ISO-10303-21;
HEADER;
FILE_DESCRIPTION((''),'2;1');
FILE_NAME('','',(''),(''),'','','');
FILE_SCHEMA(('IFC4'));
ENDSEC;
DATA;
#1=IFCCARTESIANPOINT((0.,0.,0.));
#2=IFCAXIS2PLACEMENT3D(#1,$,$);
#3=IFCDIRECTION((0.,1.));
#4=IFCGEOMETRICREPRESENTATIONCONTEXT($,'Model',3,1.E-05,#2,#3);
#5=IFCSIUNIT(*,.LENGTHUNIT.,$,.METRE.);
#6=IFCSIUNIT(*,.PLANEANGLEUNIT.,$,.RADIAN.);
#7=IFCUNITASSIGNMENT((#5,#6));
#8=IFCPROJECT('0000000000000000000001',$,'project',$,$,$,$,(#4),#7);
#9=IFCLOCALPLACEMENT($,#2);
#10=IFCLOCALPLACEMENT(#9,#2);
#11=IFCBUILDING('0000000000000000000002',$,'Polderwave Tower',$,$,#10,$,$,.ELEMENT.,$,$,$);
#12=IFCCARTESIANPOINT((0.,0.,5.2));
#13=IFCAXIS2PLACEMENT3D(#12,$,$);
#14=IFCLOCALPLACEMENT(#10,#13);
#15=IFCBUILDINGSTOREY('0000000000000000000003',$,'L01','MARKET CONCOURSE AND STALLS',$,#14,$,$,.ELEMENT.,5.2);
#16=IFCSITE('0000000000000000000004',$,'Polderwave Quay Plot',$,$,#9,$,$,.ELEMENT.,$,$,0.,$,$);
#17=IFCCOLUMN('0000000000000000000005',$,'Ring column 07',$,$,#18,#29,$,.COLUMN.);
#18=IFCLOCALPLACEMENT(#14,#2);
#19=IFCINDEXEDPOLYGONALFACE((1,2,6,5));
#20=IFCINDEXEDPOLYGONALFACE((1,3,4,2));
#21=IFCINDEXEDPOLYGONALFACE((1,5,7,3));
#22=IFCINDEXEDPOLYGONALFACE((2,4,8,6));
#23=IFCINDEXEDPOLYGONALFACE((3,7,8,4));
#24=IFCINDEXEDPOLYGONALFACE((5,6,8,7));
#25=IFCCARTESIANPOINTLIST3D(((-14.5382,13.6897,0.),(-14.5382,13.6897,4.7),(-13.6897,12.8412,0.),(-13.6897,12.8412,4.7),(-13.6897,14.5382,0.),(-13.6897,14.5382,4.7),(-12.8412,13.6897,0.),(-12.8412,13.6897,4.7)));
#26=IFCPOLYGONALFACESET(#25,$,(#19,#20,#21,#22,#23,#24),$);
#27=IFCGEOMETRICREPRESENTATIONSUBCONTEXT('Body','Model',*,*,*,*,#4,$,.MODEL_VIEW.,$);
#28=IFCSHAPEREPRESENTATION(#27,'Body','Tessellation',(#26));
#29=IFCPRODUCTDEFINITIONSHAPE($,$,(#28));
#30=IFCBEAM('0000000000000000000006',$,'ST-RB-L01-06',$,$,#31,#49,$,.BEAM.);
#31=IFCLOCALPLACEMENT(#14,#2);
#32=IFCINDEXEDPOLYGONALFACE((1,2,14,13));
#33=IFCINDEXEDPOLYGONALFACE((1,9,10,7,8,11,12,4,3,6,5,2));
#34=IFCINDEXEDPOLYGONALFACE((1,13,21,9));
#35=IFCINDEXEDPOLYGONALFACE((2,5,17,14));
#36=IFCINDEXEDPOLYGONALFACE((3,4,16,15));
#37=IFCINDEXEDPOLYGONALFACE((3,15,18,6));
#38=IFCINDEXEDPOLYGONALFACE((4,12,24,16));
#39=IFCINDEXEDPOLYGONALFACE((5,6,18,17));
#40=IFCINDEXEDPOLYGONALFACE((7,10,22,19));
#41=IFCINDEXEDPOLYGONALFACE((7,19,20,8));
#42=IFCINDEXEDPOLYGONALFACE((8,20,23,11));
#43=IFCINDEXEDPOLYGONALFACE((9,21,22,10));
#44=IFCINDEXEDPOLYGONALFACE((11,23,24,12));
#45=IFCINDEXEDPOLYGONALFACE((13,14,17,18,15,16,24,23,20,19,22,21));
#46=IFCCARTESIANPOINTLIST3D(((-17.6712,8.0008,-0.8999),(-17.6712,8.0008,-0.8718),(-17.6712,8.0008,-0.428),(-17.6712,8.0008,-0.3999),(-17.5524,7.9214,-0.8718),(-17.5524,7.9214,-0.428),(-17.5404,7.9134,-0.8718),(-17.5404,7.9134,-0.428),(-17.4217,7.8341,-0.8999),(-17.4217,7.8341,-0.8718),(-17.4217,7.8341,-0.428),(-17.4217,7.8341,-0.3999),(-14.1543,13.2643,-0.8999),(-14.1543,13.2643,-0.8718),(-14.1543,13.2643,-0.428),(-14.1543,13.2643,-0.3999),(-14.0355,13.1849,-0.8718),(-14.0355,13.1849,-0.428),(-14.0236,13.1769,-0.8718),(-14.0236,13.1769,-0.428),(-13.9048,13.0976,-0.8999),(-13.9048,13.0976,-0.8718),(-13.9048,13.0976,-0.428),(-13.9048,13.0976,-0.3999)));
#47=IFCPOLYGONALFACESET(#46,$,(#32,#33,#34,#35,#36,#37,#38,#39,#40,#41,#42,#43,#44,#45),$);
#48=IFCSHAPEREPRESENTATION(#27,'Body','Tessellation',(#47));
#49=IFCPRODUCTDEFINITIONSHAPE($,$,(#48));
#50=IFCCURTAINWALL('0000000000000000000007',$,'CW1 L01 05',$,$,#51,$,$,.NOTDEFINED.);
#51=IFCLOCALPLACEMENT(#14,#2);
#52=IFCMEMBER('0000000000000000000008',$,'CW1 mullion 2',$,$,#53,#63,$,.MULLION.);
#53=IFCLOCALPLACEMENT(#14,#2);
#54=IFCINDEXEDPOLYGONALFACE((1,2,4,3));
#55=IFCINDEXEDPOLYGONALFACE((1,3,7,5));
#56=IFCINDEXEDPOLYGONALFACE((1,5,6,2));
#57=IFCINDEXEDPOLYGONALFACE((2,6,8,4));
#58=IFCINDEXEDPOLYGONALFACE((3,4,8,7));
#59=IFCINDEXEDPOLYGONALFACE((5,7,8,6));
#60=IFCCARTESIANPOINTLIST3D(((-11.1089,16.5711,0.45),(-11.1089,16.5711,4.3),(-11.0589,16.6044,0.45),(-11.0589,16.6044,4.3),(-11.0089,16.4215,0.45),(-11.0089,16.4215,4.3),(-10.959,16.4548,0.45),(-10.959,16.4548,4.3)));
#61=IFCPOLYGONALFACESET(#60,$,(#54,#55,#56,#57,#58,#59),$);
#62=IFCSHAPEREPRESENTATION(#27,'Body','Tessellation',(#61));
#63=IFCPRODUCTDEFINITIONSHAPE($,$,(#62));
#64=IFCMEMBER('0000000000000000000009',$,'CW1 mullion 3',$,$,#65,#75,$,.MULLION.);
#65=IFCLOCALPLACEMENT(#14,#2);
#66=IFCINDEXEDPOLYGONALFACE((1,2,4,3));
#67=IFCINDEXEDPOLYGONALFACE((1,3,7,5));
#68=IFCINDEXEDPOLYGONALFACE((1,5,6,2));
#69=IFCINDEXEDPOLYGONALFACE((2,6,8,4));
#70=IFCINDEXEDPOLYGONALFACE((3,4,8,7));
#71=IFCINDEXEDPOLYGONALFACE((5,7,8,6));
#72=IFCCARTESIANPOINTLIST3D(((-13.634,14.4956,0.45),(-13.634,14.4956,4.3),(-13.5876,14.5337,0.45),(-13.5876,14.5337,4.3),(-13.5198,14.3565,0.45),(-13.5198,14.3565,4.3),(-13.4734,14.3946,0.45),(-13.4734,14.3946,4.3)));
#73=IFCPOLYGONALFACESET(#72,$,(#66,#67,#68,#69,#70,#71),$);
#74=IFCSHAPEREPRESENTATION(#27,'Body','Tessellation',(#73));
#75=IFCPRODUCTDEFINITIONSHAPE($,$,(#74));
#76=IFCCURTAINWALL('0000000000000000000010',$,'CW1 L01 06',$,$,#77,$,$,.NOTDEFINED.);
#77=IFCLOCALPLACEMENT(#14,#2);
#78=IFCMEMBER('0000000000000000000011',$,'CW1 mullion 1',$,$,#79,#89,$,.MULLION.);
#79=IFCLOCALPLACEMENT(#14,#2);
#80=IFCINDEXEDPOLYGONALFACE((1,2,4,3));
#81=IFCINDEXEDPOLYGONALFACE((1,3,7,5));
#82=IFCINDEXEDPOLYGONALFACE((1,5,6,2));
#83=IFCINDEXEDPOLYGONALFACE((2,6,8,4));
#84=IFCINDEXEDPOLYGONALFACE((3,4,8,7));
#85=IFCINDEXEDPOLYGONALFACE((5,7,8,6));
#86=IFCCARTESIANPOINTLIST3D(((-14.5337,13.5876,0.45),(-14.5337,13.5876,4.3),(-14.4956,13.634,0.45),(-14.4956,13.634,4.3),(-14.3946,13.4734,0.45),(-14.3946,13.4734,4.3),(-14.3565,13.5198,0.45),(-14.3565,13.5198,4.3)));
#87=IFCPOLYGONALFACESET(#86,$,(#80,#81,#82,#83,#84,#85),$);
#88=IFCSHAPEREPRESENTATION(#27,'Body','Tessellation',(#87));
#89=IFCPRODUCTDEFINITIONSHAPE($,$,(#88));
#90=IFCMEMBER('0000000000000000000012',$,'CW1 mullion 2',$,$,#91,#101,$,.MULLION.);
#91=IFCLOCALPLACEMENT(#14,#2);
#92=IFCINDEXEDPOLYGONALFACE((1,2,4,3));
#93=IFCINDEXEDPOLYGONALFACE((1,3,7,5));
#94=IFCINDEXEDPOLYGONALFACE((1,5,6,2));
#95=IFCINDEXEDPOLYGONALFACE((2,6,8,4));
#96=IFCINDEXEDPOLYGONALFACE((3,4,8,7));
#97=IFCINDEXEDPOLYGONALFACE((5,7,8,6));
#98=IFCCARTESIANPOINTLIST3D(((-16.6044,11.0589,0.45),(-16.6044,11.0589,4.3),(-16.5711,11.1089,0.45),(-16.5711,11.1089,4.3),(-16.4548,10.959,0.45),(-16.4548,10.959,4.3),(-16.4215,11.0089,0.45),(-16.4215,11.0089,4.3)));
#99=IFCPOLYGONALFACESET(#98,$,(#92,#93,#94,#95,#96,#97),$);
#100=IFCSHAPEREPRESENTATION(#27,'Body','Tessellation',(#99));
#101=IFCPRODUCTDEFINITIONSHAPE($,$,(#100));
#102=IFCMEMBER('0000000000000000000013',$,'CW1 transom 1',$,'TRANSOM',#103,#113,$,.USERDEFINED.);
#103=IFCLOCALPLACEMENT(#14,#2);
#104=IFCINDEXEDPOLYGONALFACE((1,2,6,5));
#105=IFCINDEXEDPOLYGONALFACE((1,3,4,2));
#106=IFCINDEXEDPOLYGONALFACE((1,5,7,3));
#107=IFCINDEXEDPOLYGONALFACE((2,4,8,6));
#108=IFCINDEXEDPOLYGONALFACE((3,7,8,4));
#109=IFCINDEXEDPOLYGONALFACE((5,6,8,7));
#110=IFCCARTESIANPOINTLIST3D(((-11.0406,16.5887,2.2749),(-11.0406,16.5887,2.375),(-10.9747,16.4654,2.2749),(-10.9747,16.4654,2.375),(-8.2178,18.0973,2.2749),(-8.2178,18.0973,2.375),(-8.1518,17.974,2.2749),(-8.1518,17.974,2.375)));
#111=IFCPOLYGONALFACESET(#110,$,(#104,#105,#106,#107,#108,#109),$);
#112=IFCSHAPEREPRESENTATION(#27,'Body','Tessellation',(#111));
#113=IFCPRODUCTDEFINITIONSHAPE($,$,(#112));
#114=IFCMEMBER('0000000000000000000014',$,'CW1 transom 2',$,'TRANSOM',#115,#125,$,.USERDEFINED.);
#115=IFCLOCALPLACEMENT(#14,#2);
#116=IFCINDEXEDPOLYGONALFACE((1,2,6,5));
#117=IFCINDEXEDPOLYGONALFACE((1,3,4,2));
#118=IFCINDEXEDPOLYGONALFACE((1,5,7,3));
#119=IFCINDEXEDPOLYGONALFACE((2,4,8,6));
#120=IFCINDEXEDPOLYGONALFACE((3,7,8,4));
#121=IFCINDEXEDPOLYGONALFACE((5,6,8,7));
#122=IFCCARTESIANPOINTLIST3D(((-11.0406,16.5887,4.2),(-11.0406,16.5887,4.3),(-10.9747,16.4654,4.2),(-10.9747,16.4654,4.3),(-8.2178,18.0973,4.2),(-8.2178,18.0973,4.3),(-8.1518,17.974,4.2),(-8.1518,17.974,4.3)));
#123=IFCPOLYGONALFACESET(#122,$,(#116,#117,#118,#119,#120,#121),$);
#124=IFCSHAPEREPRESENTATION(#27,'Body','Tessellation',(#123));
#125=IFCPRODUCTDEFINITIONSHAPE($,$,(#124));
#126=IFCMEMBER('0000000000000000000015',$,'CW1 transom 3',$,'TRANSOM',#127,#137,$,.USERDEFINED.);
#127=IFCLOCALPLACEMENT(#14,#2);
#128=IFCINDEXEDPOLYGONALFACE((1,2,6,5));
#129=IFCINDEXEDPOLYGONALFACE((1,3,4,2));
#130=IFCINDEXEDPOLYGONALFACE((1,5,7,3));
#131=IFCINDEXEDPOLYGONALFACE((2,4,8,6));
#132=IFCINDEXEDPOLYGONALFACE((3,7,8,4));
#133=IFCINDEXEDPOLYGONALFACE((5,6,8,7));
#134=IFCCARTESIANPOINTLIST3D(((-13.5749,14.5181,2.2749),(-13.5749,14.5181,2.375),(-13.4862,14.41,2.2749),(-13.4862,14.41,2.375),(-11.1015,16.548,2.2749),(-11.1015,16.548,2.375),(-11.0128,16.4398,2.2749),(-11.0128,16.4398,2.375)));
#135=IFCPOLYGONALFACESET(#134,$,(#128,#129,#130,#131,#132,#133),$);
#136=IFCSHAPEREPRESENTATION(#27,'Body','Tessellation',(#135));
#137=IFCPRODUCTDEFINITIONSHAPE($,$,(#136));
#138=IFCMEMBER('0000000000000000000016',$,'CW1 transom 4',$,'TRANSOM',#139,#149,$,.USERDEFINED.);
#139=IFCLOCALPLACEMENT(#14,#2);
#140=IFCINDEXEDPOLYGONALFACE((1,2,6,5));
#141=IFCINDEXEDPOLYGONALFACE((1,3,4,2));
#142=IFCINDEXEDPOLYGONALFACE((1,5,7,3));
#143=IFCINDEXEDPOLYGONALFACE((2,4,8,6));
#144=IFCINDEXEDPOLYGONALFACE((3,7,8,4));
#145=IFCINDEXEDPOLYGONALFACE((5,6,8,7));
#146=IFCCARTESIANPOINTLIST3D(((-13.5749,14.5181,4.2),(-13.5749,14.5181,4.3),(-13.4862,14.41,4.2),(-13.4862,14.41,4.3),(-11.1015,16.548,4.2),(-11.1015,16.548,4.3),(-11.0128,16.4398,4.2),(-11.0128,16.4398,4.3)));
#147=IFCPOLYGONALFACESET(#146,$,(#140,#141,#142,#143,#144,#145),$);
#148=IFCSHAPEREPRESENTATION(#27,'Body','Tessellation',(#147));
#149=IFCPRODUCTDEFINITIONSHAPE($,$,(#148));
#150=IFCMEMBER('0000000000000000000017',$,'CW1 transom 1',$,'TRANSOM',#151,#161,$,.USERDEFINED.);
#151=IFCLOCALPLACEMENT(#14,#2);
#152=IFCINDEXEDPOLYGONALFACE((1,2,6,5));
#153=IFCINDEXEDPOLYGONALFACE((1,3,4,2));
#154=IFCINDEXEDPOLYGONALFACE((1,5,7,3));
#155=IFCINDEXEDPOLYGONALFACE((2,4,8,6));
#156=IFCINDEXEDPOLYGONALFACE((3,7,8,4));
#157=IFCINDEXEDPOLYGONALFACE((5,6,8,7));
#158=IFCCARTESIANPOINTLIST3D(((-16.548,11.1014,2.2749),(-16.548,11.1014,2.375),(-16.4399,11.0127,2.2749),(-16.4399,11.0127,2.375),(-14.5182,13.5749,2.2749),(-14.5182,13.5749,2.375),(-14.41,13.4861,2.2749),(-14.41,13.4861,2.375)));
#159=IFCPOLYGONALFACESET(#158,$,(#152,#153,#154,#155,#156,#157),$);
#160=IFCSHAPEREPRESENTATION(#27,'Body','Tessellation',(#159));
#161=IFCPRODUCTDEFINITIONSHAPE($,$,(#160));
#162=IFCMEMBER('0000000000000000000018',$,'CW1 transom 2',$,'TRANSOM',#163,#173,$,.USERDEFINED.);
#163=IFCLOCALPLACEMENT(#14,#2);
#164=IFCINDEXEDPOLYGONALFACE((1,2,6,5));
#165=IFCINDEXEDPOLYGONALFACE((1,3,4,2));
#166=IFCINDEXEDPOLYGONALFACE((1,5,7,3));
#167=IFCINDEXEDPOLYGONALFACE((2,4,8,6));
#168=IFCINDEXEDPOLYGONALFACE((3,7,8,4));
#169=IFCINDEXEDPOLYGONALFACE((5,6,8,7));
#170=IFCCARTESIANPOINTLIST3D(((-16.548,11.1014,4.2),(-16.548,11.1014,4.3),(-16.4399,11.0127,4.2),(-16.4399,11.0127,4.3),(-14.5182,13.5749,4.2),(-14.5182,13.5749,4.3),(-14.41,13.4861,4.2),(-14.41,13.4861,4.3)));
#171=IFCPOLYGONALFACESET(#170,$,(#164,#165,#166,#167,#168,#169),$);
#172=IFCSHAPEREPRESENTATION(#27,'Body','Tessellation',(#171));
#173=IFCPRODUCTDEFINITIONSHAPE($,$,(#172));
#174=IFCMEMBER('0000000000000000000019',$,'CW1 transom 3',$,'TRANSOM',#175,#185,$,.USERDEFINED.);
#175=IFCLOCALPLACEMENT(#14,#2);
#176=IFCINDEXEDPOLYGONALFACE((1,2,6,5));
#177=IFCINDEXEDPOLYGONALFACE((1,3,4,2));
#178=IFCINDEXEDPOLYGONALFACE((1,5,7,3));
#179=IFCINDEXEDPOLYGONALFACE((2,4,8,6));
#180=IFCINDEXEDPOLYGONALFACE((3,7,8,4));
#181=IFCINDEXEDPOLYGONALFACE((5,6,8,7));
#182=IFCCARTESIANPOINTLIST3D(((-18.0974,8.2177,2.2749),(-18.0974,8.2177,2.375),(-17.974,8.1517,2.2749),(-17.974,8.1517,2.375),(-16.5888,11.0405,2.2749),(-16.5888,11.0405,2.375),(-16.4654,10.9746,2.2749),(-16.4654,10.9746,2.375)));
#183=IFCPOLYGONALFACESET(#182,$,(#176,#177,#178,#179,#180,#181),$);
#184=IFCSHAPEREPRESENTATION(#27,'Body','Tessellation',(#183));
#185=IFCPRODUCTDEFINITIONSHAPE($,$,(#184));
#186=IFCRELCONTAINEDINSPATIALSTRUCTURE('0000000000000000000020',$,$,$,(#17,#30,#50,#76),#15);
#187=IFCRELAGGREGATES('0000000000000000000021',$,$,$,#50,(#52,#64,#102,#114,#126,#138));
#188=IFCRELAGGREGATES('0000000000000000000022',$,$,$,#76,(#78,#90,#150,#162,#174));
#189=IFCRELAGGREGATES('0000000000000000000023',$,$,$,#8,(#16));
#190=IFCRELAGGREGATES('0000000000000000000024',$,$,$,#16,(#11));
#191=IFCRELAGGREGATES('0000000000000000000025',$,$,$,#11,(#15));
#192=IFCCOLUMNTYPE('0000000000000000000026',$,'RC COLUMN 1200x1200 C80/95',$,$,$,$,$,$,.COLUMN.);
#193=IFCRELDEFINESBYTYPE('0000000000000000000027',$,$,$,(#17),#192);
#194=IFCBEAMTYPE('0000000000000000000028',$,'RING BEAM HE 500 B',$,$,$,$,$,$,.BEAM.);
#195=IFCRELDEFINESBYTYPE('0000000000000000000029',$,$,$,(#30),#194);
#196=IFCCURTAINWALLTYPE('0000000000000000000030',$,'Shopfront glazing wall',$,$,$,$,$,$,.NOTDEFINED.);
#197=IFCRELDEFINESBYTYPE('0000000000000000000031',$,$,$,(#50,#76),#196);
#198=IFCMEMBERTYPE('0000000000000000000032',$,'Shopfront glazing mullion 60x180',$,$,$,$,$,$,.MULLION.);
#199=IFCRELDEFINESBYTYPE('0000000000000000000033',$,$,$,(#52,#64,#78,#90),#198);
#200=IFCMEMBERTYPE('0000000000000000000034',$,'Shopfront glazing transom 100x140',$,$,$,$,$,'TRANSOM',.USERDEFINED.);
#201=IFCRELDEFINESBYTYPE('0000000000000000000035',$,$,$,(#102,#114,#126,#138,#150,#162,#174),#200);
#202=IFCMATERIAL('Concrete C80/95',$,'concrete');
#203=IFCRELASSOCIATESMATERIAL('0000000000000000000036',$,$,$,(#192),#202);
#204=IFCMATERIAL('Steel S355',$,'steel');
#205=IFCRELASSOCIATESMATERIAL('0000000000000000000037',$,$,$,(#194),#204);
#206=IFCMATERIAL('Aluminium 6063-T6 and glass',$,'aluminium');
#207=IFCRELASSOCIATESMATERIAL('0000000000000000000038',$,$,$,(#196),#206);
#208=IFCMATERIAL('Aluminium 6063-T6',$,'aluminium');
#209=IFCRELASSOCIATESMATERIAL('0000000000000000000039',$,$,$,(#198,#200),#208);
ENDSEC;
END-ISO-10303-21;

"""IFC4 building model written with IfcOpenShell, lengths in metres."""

from ifc_helpers import new_model, si_unit, direction, frame, origin, origin_2d, place, context, subcontext, project, spatial, rectangle, i_section, extrude, material, material_profile, profile_set, type_object, element, aggregate, save


model = new_model("IFC4")

# Units and contexts
model_context = context("Model", 3, precision=1e-05, world=origin(), true_north=direction((0.0, 1.0)))
body_context = subcontext(model_context, "Body", "Model", "MODEL_VIEW")
ifc_project = project(units=[si_unit("LENGTHUNIT", "METRE"), si_unit("PLANEANGLEUNIT", "RADIAN")], contexts=[model_context])

# Site, building, storey
site_placement = place(None, origin())
site = spatial("IfcSite", under=ifc_project, at=site_placement, Name="Polderwave Quay Plot", CompositionType="ELEMENT", RefElevation=0.0)
building_placement = place(site_placement, origin())
building = spatial("IfcBuilding", under=site, at=building_placement, Name="Polderwave Tower", CompositionType="ELEMENT")
storey_placement = place(building_placement, frame((0.0, 0.0, 5.2)))
storey = spatial("IfcBuildingStorey", under=building, at=storey_placement, Name="L01", Description="MARKET CONCOURSE AND STALLS", CompositionType="ELEMENT", Elevation=5.2)

# Column
ifc_material_1 = material(Name="Concrete C80/95", Category="concrete")
ifc_material_profile_1 = material_profile(ifc_material_1, rectangle(XDim=1.2, YDim=1.2, at=origin_2d()), Name="RC 1200x1200")
ifc_profile_set_1 = profile_set([ifc_material_profile_1], Name="Concrete C80/95")
column_type = type_object("IfcColumnType", Name="RC COLUMN 1200x1200 C80/95", PredefinedType="COLUMN", material=ifc_profile_set_1)
column_placement = place(storey_placement, frame((-13.6897, 13.6897, 0.0), z_axis=(0.0, 0.0, 1.0), x_axis=(-0.707107, 0.707107, 0.0)))
element("IfcColumn", 1, at=column_placement, inside=storey, type_object=column_type, Name="Ring column 07", PredefinedType="COLUMN", context=body_context, shape_type="SweptSolid", body=[
    extrude(rectangle(XDim=1.2, YDim=1.2, at=origin_2d()), origin(), (0.0, 0.0, 1.0), 4.7),
])

# Beam
ifc_material_2 = material(Name="Steel S355", Category="steel")
ifc_material_profile_2 = material_profile(ifc_material_2, i_section(OverallWidth=0.3, OverallDepth=0.5, WebThickness=0.0144, FlangeThickness=0.0281, at=origin_2d()), Name="HE 500 B")
ifc_profile_set_2 = profile_set([ifc_material_profile_2], Name="Steel S355")
beam_type = type_object("IfcBeamType", Name="RING BEAM HE 500 B", PredefinedType="BEAM", material=ifc_profile_set_2)
beam_placement = place(storey_placement, frame((-14.0295, 13.1809, -0.6499), z_axis=(-0.555563, -0.831474, 0.0), x_axis=(0.831474, -0.555563, 0.0)))
element("IfcBeam", 2, at=beam_placement, inside=storey, type_object=beam_type, Name="ST-RB-L01-06", PredefinedType="BEAM", context=body_context, shape_type="SweptSolid", body=[
    extrude(i_section(OverallWidth=0.3, OverallDepth=0.5, WebThickness=0.0144, FlangeThickness=0.0281, at=origin_2d()), origin(), (0.0, 0.0, 1.0), 6.3303),
])

# Curtain walls, members
ifc_material_3 = material(Name="Aluminium 6063-T6 and glass", Category="aluminium")
curtain_wall_type = type_object("IfcCurtainWallType", Name="Shopfront glazing wall", PredefinedType="NOTDEFINED", material=ifc_material_3)
curtain_wall_1_placement = place(storey_placement, origin())
curtain_wall_1 = element("IfcCurtainWall", 3, at=curtain_wall_1_placement, inside=storey, type_object=curtain_wall_type, Name="CW1 L01 05", PredefinedType="NOTDEFINED")
ifc_material_4 = material(Name="Aluminium 6063-T6", Category="aluminium")
ifc_material_profile_3 = material_profile(ifc_material_4, rectangle(XDim=0.1799, YDim=0.0601, at=origin_2d()), Name="AL 60x180")
ifc_profile_set_3 = profile_set([ifc_material_profile_3], Name="Aluminium 6063-T6")
member_type_1 = type_object("IfcMemberType", Name="Shopfront glazing mullion 60x180", PredefinedType="MULLION", material=ifc_profile_set_3)
member_1_placement = place(storey_placement, frame((-11.0339, 16.5129, 0.45), z_axis=(0.0, 0.0, 1.0), x_axis=(0.555554, -0.83148, 0.0)))
member_1 = element("IfcMember", 4, at=member_1_placement, type_object=member_type_1, Name="CW1 mullion 2", PredefinedType="MULLION", context=body_context, shape_type="SweptSolid", body=[
    extrude(rectangle(XDim=0.1799, YDim=0.0601, at=origin_2d()), origin(), (0.0, 0.0, 1.0), 3.8501),
])
member_2_placement = place(storey_placement, frame((-13.5537, 14.4451, 0.45), z_axis=(0.0, 0.0, 1.0), x_axis=(0.634396, -0.773008, 0.0)))
member_2 = element("IfcMember", 5, at=member_2_placement, type_object=member_type_1, Name="CW1 mullion 3", PredefinedType="MULLION", context=body_context, shape_type="SweptSolid", body=[
    extrude(rectangle(XDim=0.1799, YDim=0.0601, at=origin_2d()), origin(), (0.0, 0.0, 1.0), 3.8501),
])
curtain_wall_2_placement = place(storey_placement, origin())
curtain_wall_2 = element("IfcCurtainWall", 6, at=curtain_wall_2_placement, inside=storey, type_object=curtain_wall_type, Name="CW1 L01 06", PredefinedType="NOTDEFINED")
member_3_placement = place(storey_placement, frame((-14.4451, 13.5537, 0.45), z_axis=(0.0, 0.0, 1.0), x_axis=(0.773008, -0.634396, 0.0)))
member_3 = element("IfcMember", 7, at=member_3_placement, type_object=member_type_1, Name="CW1 mullion 1", PredefinedType="MULLION", context=body_context, shape_type="SweptSolid", body=[
    extrude(rectangle(XDim=0.1799, YDim=0.0601, at=origin_2d()), origin(), (0.0, 0.0, 1.0), 3.8501),
])
member_4_placement = place(storey_placement, frame((-16.5129, 11.0339, 0.45), z_axis=(0.0, 0.0, 1.0), x_axis=(0.83148, -0.555554, 0.0)))
member_4 = element("IfcMember", 8, at=member_4_placement, type_object=member_type_1, Name="CW1 mullion 2", PredefinedType="MULLION", context=body_context, shape_type="SweptSolid", body=[
    extrude(rectangle(XDim=0.1799, YDim=0.0601, at=origin_2d()), origin(), (0.0, 0.0, 1.0), 3.8501),
])

# Members
ifc_material_profile_4 = material_profile(ifc_material_4, rectangle(XDim=0.1399, YDim=0.1001, at=origin_2d()), Name="AL 100x140")
ifc_profile_set_4 = profile_set([ifc_material_profile_4], Name="Aluminium 6063-T6")
member_type_2 = type_object("IfcMemberType", Name="Shopfront glazing transom 100x140", ElementType="TRANSOM", PredefinedType="USERDEFINED", material=ifc_profile_set_4)
member_5_placement = place(storey_placement, frame((-8.1848, 18.0356, 2.325), z_axis=(-0.881954, -0.471336, 0.0), x_axis=(0.471336, -0.881954, 0.0)))
member_5 = element("IfcMember", 9, at=member_5_placement, type_object=member_type_2, Name="CW1 transom 1", ObjectType="TRANSOM", PredefinedType="USERDEFINED", context=body_context, shape_type="SweptSolid", body=[
    extrude(rectangle(XDim=0.1399, YDim=0.1001, at=origin_2d()), origin(), (0.0, 0.0, 1.0), 3.2007),
])
member_6_placement = place(storey_placement, frame((-8.1848, 18.0356, 4.25), z_axis=(-0.881954, -0.471336, 0.0), x_axis=(0.471336, -0.881954, 0.0)))
member_6 = element("IfcMember", 10, at=member_6_placement, type_object=member_type_2, Name="CW1 transom 2", ObjectType="TRANSOM", PredefinedType="USERDEFINED", context=body_context, shape_type="SweptSolid", body=[
    extrude(rectangle(XDim=0.1399, YDim=0.1001, at=origin_2d()), origin(), (0.0, 0.0, 1.0), 3.2007),
])
member_7_placement = place(storey_placement, frame((-11.0571, 16.4939, 2.325), z_axis=(-0.773022, -0.63438, 0.0), x_axis=(0.63438, -0.773022, 0.0)))
member_7 = element("IfcMember", 11, at=member_7_placement, type_object=member_type_2, Name="CW1 transom 3", ObjectType="TRANSOM", PredefinedType="USERDEFINED", context=body_context, shape_type="SweptSolid", body=[
    extrude(rectangle(XDim=0.1399, YDim=0.1001, at=origin_2d()), origin(), (0.0, 0.0, 1.0), 3.1997),
])
member_8_placement = place(storey_placement, frame((-11.0571, 16.4939, 4.25), z_axis=(-0.773022, -0.63438, 0.0), x_axis=(0.63438, -0.773022, 0.0)))
member_8 = element("IfcMember", 12, at=member_8_placement, type_object=member_type_2, Name="CW1 transom 4", ObjectType="TRANSOM", PredefinedType="USERDEFINED", context=body_context, shape_type="SweptSolid", body=[
    extrude(rectangle(XDim=0.1399, YDim=0.1001, at=origin_2d()), origin(), (0.0, 0.0, 1.0), 3.1997),
])
member_9_placement = place(storey_placement, frame((-14.4641, 13.5305, 2.325), z_axis=(-0.63438, -0.773022, 0.0), x_axis=(0.773022, -0.63438, 0.0)))
member_9 = element("IfcMember", 13, at=member_9_placement, type_object=member_type_2, Name="CW1 transom 1", ObjectType="TRANSOM", PredefinedType="USERDEFINED", context=body_context, shape_type="SweptSolid", body=[
    extrude(rectangle(XDim=0.1399, YDim=0.1001, at=origin_2d()), origin(), (0.0, 0.0, 1.0), 3.1997),
])
member_10_placement = place(storey_placement, frame((-14.4641, 13.5305, 4.25), z_axis=(-0.63438, -0.773022, 0.0), x_axis=(0.773022, -0.63438, 0.0)))
member_10 = element("IfcMember", 14, at=member_10_placement, type_object=member_type_2, Name="CW1 transom 2", ObjectType="TRANSOM", PredefinedType="USERDEFINED", context=body_context, shape_type="SweptSolid", body=[
    extrude(rectangle(XDim=0.1399, YDim=0.1001, at=origin_2d()), origin(), (0.0, 0.0, 1.0), 3.1997),
])
member_11_placement = place(storey_placement, frame((-16.5271, 11.0076, 2.325), z_axis=(-0.471336, -0.881954, 0.0), x_axis=(0.881954, -0.471336, 0.0)))
member_11 = element("IfcMember", 15, at=member_11_placement, type_object=member_type_2, Name="CW1 transom 3", ObjectType="TRANSOM", PredefinedType="USERDEFINED", context=body_context, shape_type="SweptSolid", body=[
    extrude(rectangle(XDim=0.1399, YDim=0.1001, at=origin_2d()), origin(), (0.0, 0.0, 1.0), 3.2007),
])

aggregate(curtain_wall_1, [member_1, member_2, member_5, member_6, member_7, member_8])
aggregate(curtain_wall_2, [member_3, member_4, member_9, member_10, member_11])

save(model, "model.ifc")
